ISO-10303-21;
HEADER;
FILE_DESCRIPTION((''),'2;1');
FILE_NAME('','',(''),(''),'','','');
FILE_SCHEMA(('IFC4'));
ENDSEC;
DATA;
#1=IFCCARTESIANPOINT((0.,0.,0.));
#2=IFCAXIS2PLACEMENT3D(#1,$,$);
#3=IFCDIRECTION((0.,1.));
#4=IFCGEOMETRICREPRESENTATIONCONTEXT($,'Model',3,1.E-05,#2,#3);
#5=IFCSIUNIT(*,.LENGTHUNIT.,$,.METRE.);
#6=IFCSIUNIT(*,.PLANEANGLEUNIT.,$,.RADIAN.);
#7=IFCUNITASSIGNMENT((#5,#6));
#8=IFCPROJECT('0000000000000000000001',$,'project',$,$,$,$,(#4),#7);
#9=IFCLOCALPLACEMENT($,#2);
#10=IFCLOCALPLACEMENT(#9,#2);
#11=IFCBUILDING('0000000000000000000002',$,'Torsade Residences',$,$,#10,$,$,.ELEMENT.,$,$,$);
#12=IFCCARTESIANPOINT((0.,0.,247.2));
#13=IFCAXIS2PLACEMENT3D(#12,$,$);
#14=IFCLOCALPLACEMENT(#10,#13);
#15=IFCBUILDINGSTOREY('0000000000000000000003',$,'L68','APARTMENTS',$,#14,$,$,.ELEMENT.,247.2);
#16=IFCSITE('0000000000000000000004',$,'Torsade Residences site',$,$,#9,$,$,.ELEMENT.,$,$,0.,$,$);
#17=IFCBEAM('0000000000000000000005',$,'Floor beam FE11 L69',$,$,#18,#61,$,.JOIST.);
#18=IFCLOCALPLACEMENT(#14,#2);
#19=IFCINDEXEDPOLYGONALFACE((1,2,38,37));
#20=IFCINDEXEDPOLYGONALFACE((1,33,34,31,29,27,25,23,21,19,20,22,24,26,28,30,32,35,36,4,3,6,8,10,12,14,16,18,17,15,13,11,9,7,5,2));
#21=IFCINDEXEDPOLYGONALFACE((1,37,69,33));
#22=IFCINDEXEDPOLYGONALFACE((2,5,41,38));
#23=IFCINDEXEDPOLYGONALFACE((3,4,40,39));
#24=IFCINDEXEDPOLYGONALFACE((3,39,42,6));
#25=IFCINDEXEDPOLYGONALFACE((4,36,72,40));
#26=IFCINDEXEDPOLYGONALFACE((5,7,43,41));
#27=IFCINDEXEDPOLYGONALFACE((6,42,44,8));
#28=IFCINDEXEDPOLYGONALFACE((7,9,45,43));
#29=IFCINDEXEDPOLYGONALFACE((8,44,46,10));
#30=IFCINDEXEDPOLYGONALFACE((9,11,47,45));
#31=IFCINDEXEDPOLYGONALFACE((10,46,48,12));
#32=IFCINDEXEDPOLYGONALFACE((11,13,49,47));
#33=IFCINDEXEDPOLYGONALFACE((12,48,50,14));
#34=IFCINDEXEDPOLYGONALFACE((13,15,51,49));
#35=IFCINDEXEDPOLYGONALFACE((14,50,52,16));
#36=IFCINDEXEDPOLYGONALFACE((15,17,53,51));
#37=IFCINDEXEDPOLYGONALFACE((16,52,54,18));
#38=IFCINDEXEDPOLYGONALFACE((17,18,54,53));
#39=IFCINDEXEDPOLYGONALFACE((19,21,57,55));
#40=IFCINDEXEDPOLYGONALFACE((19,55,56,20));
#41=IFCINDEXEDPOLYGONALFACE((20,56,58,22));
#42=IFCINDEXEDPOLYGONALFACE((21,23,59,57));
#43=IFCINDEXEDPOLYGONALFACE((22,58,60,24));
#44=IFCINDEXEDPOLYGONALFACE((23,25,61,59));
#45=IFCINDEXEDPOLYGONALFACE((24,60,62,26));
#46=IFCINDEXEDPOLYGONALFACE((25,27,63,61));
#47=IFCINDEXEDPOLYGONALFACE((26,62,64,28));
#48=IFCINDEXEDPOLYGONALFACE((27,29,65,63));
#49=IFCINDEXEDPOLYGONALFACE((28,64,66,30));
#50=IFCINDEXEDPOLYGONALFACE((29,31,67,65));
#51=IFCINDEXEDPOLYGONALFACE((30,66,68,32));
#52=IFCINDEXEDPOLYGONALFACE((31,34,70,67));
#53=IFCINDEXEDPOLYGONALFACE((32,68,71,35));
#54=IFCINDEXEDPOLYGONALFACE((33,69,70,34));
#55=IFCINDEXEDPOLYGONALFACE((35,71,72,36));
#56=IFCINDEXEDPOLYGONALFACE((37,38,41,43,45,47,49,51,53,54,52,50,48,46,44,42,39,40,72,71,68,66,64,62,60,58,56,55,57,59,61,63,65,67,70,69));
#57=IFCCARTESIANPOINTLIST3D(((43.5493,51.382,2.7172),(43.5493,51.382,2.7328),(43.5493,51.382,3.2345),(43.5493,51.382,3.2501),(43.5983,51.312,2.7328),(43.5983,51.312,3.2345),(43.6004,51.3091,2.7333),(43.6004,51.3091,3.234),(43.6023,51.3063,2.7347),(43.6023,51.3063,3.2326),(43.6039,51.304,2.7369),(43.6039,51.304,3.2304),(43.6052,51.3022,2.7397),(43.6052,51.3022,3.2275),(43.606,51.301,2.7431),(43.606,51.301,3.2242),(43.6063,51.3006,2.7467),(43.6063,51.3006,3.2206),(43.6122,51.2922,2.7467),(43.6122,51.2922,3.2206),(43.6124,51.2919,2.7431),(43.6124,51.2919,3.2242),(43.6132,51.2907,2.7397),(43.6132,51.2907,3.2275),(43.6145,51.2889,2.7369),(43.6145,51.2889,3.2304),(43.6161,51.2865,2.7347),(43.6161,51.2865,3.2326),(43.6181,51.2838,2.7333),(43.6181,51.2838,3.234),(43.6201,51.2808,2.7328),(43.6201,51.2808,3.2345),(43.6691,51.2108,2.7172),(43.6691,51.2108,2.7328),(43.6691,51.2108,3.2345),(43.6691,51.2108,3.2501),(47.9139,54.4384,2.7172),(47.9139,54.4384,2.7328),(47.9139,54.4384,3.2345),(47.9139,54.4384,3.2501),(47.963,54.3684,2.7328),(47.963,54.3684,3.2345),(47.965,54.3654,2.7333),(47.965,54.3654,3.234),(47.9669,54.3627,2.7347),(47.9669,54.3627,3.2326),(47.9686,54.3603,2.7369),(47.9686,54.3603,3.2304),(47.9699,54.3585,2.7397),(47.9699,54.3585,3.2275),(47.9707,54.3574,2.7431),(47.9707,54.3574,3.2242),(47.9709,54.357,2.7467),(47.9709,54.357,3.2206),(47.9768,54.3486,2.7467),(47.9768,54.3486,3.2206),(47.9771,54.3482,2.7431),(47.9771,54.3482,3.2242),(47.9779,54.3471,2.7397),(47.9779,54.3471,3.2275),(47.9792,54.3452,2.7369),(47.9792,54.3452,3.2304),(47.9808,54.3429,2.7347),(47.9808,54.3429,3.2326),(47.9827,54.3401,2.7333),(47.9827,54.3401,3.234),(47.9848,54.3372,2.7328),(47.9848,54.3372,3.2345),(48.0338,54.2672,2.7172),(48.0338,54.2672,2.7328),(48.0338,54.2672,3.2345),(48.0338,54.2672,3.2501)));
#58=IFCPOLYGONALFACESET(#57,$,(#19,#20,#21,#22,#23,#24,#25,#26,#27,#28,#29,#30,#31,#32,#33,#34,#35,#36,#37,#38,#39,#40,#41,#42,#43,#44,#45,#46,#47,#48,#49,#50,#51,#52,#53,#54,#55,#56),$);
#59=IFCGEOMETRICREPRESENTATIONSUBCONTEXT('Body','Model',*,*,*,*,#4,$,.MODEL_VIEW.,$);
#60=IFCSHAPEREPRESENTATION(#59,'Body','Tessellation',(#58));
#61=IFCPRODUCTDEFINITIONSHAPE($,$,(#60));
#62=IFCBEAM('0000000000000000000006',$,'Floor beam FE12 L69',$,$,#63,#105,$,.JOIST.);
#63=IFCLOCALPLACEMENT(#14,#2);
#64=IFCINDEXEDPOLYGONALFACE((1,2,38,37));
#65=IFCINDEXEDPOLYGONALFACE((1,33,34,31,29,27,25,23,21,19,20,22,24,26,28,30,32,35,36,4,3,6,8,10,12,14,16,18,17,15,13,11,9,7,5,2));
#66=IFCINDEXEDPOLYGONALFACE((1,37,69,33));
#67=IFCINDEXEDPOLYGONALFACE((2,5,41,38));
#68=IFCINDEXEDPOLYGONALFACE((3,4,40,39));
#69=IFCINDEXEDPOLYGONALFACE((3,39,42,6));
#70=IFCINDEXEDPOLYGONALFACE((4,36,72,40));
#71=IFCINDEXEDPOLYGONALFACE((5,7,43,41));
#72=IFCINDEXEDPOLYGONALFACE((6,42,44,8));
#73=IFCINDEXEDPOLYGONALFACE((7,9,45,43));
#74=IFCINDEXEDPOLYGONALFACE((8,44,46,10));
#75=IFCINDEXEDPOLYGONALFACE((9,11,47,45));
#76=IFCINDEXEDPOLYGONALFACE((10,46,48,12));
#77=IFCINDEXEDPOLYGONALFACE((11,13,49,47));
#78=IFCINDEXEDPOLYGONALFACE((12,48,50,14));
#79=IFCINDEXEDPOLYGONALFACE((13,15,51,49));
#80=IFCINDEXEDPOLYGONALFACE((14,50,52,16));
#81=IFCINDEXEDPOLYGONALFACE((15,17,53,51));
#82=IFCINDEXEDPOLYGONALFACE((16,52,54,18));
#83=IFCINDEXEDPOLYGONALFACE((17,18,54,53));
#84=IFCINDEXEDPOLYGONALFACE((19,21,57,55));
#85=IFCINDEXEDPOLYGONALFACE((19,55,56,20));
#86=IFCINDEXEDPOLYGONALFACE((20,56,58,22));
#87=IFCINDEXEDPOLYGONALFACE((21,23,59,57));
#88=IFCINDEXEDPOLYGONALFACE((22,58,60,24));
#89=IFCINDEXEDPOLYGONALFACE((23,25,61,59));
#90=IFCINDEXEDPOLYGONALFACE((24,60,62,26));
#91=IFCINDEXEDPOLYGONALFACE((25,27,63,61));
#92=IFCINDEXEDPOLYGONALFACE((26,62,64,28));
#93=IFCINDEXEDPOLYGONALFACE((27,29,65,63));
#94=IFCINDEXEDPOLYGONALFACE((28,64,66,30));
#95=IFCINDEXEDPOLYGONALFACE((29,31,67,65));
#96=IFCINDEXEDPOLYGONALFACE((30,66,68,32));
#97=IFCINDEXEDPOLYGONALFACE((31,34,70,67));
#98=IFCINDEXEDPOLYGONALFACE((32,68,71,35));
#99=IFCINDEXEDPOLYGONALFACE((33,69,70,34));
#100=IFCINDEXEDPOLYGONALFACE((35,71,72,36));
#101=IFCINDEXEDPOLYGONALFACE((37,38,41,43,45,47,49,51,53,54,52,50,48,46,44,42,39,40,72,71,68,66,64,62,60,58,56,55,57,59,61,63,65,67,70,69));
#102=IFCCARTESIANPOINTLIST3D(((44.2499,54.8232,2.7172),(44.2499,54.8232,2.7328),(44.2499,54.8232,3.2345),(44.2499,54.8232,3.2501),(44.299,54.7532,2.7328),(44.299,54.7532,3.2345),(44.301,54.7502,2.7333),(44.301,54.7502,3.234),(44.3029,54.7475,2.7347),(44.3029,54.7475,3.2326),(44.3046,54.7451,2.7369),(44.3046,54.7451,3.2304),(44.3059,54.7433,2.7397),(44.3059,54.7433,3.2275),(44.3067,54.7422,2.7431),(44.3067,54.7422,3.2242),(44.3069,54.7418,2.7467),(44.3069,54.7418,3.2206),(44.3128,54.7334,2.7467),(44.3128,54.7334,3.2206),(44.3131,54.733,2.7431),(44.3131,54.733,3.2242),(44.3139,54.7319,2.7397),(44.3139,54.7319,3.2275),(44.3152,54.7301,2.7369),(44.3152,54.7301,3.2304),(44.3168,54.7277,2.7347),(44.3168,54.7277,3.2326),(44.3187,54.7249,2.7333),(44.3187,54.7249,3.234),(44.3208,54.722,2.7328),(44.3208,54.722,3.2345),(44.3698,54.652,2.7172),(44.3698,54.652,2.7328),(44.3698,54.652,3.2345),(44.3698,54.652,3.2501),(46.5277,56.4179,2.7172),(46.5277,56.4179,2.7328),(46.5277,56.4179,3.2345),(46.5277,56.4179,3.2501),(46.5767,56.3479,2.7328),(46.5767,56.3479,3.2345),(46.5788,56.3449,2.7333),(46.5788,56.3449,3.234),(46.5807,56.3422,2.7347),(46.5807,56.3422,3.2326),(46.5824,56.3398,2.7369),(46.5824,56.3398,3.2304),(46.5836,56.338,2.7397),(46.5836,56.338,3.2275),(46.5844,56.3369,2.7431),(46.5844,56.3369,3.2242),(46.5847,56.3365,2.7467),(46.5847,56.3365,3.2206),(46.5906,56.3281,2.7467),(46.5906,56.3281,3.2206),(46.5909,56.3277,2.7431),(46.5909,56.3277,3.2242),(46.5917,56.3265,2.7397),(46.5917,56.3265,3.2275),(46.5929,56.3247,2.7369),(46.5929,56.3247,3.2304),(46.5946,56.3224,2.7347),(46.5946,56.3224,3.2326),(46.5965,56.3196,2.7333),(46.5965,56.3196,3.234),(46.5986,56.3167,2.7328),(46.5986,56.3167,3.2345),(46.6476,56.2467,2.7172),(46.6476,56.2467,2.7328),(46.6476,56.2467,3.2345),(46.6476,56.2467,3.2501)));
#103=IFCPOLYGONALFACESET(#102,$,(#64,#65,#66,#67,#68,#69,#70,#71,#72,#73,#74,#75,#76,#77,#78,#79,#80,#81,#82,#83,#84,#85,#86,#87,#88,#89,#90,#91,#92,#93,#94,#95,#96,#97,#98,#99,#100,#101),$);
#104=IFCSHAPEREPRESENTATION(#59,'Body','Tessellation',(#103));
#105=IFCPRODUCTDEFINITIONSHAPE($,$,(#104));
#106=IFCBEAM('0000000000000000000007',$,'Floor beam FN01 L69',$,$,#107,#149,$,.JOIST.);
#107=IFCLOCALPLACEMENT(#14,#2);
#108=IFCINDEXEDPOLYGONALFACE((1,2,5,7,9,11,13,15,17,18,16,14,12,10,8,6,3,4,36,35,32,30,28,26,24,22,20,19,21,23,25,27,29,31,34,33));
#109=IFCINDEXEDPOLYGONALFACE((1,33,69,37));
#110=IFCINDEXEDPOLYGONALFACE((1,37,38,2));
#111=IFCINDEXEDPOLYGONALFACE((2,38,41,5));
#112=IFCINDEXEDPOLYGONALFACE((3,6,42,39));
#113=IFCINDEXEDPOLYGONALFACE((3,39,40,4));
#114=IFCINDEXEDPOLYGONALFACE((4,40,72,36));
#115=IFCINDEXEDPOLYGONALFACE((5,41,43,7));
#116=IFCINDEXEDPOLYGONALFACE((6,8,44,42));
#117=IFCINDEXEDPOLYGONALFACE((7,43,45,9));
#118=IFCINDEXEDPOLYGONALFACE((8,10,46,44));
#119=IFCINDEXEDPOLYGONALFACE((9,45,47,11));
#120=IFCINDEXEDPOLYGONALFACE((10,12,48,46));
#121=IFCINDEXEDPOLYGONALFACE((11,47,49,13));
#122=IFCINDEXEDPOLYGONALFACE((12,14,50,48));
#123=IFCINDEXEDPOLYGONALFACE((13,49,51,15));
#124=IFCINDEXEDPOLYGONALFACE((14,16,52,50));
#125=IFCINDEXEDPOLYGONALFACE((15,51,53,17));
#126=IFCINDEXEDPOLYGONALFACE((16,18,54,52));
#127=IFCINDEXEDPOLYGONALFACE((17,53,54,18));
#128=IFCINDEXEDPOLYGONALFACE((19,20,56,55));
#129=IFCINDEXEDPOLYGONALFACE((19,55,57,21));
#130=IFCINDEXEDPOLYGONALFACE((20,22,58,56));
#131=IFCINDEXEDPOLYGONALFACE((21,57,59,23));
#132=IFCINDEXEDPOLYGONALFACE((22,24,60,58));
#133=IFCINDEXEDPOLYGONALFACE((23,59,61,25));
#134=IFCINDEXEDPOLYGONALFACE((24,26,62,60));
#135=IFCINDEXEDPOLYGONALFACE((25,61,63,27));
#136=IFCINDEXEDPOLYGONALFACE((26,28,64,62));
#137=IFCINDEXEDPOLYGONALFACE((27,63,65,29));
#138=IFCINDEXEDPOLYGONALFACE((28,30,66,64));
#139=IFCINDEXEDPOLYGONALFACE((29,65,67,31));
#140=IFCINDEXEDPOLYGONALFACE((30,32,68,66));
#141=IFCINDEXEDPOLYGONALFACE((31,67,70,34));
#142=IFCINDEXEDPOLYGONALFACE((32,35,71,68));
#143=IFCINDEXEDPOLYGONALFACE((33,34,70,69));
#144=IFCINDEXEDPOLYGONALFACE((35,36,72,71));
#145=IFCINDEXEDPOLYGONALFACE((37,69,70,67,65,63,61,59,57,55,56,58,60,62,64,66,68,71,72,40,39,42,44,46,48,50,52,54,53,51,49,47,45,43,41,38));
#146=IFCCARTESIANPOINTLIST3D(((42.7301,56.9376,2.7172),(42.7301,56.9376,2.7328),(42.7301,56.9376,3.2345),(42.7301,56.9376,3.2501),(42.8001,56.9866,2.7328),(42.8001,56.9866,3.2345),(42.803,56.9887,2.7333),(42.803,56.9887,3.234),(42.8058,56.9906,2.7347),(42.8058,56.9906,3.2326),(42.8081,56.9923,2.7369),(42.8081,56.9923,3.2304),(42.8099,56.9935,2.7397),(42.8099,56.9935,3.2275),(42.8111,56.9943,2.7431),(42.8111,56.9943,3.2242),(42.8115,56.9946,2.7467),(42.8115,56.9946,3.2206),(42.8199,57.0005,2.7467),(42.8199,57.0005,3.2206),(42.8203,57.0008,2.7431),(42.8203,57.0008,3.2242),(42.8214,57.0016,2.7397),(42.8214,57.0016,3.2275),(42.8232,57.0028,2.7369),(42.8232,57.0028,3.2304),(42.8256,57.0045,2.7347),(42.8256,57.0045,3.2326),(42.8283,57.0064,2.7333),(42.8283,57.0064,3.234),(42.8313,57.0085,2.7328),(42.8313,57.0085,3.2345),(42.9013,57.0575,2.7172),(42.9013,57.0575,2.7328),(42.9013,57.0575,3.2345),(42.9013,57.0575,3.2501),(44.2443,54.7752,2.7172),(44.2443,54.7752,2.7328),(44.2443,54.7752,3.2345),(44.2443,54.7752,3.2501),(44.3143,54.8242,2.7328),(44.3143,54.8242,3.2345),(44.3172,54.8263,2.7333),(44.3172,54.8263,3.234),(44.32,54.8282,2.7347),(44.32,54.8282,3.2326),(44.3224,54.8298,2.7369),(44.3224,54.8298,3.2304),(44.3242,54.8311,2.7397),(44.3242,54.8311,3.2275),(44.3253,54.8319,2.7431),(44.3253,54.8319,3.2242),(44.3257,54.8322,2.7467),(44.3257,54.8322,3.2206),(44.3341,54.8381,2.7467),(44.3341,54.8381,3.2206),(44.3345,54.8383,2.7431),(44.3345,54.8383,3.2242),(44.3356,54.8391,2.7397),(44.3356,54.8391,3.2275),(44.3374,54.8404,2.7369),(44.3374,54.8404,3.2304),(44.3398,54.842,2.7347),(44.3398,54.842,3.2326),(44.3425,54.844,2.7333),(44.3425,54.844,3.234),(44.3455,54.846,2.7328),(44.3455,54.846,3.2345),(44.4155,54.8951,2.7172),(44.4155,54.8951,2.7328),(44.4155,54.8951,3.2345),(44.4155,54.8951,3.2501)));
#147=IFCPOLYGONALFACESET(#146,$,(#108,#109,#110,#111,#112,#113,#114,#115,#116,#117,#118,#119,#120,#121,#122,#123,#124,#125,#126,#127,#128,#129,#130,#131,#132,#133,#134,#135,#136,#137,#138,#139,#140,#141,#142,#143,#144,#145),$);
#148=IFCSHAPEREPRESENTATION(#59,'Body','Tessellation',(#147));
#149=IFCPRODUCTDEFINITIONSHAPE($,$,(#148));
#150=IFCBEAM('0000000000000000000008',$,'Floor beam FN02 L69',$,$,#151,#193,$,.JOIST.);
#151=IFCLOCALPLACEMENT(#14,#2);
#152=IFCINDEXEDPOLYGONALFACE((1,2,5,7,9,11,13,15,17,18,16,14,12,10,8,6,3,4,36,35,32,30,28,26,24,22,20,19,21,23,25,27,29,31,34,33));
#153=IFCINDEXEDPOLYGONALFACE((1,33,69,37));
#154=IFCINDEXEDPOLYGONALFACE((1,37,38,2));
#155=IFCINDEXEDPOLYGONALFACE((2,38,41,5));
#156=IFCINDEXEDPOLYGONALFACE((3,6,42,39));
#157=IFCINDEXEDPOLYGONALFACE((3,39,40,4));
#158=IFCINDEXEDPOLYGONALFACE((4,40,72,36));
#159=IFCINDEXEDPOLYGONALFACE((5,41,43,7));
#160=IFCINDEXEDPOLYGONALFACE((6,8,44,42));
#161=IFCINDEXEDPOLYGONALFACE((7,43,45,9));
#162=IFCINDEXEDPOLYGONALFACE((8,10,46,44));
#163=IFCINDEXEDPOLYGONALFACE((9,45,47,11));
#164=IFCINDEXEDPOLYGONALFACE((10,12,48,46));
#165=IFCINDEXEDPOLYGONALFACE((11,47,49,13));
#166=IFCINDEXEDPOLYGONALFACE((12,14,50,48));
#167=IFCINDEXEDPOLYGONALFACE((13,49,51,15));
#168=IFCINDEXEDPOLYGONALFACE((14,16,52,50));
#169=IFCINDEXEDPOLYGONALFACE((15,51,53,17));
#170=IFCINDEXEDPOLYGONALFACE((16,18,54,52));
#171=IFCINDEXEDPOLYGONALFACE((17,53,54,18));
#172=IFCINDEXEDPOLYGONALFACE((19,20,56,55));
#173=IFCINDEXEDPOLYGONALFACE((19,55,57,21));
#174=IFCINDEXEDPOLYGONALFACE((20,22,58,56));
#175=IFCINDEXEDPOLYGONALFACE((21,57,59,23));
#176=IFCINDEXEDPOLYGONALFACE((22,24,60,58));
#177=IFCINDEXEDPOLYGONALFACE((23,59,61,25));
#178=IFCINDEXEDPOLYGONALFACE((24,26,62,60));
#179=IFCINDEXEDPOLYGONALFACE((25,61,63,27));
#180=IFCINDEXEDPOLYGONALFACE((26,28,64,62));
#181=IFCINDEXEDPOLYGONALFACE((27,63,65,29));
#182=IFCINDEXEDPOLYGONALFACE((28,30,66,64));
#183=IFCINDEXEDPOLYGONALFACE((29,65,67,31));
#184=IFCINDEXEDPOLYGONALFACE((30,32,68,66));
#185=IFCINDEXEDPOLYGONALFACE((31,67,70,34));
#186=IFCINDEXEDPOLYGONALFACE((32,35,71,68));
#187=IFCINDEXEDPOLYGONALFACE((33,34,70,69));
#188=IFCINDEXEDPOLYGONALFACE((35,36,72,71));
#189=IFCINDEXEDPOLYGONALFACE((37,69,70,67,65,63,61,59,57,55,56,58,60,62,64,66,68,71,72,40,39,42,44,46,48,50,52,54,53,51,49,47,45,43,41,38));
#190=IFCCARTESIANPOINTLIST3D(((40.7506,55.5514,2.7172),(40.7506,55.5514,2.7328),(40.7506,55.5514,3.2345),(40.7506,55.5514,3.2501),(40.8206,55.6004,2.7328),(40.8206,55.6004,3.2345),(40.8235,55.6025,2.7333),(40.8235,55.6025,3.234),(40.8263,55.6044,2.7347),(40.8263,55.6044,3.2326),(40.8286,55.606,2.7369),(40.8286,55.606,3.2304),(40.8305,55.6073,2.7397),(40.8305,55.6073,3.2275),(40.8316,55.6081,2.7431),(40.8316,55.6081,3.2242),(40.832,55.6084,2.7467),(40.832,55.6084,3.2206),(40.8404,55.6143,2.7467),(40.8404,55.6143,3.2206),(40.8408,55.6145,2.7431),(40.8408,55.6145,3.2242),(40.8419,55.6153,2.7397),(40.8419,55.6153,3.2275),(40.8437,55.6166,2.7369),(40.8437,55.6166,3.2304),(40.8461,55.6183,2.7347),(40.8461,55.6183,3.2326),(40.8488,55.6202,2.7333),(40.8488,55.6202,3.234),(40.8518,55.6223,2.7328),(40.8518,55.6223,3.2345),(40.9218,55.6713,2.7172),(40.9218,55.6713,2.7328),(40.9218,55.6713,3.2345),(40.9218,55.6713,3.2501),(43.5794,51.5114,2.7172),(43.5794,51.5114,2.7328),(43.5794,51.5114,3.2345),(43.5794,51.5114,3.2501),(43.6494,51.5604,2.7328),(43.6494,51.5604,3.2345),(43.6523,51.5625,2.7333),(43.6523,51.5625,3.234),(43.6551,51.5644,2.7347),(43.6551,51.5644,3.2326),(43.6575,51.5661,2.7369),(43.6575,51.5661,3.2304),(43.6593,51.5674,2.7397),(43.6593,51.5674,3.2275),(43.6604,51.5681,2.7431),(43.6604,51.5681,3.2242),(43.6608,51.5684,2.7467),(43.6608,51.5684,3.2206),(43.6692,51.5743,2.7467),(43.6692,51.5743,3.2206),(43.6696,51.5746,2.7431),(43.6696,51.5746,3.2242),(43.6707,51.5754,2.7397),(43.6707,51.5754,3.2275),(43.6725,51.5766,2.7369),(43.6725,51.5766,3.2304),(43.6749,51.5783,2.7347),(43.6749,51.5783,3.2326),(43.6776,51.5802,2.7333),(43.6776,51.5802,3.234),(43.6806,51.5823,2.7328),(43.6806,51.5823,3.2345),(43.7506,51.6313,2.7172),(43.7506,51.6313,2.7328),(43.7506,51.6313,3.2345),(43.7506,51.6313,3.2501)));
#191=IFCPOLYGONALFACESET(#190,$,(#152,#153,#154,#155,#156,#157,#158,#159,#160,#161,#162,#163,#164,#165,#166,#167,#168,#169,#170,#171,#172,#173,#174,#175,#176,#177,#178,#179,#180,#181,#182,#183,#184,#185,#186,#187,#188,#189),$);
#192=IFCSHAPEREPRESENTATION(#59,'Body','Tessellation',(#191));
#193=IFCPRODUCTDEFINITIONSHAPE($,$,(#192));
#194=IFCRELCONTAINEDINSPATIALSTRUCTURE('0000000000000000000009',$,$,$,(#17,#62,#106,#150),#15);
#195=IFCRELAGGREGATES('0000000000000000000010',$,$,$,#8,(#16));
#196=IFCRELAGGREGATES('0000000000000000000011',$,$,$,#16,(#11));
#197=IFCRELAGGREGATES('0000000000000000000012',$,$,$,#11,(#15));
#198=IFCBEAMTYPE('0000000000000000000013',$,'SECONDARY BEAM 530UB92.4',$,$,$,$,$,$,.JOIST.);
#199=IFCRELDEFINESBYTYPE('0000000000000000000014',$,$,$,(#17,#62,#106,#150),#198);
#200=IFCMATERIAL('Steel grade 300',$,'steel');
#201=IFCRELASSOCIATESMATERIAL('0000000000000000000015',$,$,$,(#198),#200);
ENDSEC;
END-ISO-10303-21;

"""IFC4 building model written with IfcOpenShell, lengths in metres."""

from ifc_helpers import new_model, si_unit, direction, frame, origin, origin_2d, place, context, subcontext, project, spatial, i_section, extrude, material, material_profile, profile_set, type_object, element, save


model = new_model("IFC4")

# Units and contexts
model_context = context("Model", 3, precision=1e-05, world=origin(), true_north=direction((0.0, 1.0)))
body_context = subcontext(model_context, "Body", "Model", "MODEL_VIEW")
ifc_project = project(units=[si_unit("LENGTHUNIT", "METRE"), si_unit("PLANEANGLEUNIT", "RADIAN")], contexts=[model_context])

# Site, building, storey
site_placement = place(None, origin())
site = spatial("IfcSite", under=ifc_project, at=site_placement, Name="Torsade Residences site", CompositionType="ELEMENT", RefElevation=0.0)
building_placement = place(site_placement, origin())
building = spatial("IfcBuilding", under=site, at=building_placement, Name="Torsade Residences", CompositionType="ELEMENT")
storey_placement = place(building_placement, frame((0.0, 0.0, 247.2)))
storey = spatial("IfcBuildingStorey", under=building, at=storey_placement, Name="L68", Description="APARTMENTS", CompositionType="ELEMENT", Elevation=247.2)

# Beams
ifc_material_1 = material(Name="Steel grade 300", Category="steel")
ifc_material_profile_1 = material_profile(ifc_material_1, i_section(OverallWidth=0.209, OverallDepth=0.533, WebThickness=0.0103, FlangeThickness=0.0156, FilletRadius=0.0139, at=origin_2d()), Name="530UB92.4")
ifc_profile_set_1 = profile_set([ifc_material_profile_1], Name="Steel grade 300")
beam_type_1 = type_object("IfcBeamType", Name="SECONDARY BEAM 530UB92.4", PredefinedType="JOIST", material=ifc_profile_set_1)
beam_1_placement = place(storey_placement, frame((47.9739, 54.3528, 2.9836), z_axis=(-0.819137, -0.573598, 0.0), x_axis=(0.573598, -0.819137, 0.0)))
element("IfcBeam", 1, at=beam_1_placement, inside=storey, type_object=beam_type_1, Name="Floor beam FE11 L69", PredefinedType="JOIST", context=body_context, shape_type="SweptSolid", body=[
    extrude(i_section(OverallWidth=0.209, OverallDepth=0.533, WebThickness=0.0103, FlangeThickness=0.0156, FilletRadius=0.0139, at=origin_2d()), origin(), (0.0, 0.0, 1.0), 5.3284),
])
beam_2_placement = place(storey_placement, frame((46.5876, 56.3323, 2.9836), z_axis=(-0.819191, -0.573521, 0.0), x_axis=(0.573521, -0.819191, 0.0)))
element("IfcBeam", 2, at=beam_2_placement, inside=storey, type_object=beam_type_1, Name="Floor beam FE12 L69", PredefinedType="JOIST", context=body_context, shape_type="SweptSolid", body=[
    extrude(i_section(OverallWidth=0.209, OverallDepth=0.533, WebThickness=0.0103, FlangeThickness=0.0156, FilletRadius=0.0139, at=origin_2d()), origin(), (0.0, 0.0, 1.0), 2.7805),
])
beam_3_placement = place(storey_placement, frame((42.8157, 56.9976, 2.9836), z_axis=(0.573593, -0.819141, 0.0), x_axis=(0.819141, 0.573593, 0.0)))
element("IfcBeam", 3, at=beam_3_placement, inside=storey, type_object=beam_type_1, Name="Floor beam FN01 L69", PredefinedType="JOIST", context=body_context, shape_type="SweptSolid", body=[
    extrude(i_section(OverallWidth=0.209, OverallDepth=0.533, WebThickness=0.0103, FlangeThickness=0.0156, FilletRadius=0.0139, at=origin_2d()), origin(), (0.0, 0.0, 1.0), 2.6399),
])
beam_4_placement = place(storey_placement, frame((40.8362, 55.6113, 2.9836), z_axis=(0.573575, -0.819153, 0.0), x_axis=(0.819153, 0.573575, 0.0)))
element("IfcBeam", 4, at=beam_4_placement, inside=storey, type_object=beam_type_1, Name="Floor beam FN02 L69", PredefinedType="JOIST", context=body_context, shape_type="SweptSolid", body=[
    extrude(i_section(OverallWidth=0.209, OverallDepth=0.533, WebThickness=0.0103, FlangeThickness=0.0156, FilletRadius=0.0139, at=origin_2d()), origin(), (0.0, 0.0, 1.0), 4.9319),
])

save(model, "model.ifc")
